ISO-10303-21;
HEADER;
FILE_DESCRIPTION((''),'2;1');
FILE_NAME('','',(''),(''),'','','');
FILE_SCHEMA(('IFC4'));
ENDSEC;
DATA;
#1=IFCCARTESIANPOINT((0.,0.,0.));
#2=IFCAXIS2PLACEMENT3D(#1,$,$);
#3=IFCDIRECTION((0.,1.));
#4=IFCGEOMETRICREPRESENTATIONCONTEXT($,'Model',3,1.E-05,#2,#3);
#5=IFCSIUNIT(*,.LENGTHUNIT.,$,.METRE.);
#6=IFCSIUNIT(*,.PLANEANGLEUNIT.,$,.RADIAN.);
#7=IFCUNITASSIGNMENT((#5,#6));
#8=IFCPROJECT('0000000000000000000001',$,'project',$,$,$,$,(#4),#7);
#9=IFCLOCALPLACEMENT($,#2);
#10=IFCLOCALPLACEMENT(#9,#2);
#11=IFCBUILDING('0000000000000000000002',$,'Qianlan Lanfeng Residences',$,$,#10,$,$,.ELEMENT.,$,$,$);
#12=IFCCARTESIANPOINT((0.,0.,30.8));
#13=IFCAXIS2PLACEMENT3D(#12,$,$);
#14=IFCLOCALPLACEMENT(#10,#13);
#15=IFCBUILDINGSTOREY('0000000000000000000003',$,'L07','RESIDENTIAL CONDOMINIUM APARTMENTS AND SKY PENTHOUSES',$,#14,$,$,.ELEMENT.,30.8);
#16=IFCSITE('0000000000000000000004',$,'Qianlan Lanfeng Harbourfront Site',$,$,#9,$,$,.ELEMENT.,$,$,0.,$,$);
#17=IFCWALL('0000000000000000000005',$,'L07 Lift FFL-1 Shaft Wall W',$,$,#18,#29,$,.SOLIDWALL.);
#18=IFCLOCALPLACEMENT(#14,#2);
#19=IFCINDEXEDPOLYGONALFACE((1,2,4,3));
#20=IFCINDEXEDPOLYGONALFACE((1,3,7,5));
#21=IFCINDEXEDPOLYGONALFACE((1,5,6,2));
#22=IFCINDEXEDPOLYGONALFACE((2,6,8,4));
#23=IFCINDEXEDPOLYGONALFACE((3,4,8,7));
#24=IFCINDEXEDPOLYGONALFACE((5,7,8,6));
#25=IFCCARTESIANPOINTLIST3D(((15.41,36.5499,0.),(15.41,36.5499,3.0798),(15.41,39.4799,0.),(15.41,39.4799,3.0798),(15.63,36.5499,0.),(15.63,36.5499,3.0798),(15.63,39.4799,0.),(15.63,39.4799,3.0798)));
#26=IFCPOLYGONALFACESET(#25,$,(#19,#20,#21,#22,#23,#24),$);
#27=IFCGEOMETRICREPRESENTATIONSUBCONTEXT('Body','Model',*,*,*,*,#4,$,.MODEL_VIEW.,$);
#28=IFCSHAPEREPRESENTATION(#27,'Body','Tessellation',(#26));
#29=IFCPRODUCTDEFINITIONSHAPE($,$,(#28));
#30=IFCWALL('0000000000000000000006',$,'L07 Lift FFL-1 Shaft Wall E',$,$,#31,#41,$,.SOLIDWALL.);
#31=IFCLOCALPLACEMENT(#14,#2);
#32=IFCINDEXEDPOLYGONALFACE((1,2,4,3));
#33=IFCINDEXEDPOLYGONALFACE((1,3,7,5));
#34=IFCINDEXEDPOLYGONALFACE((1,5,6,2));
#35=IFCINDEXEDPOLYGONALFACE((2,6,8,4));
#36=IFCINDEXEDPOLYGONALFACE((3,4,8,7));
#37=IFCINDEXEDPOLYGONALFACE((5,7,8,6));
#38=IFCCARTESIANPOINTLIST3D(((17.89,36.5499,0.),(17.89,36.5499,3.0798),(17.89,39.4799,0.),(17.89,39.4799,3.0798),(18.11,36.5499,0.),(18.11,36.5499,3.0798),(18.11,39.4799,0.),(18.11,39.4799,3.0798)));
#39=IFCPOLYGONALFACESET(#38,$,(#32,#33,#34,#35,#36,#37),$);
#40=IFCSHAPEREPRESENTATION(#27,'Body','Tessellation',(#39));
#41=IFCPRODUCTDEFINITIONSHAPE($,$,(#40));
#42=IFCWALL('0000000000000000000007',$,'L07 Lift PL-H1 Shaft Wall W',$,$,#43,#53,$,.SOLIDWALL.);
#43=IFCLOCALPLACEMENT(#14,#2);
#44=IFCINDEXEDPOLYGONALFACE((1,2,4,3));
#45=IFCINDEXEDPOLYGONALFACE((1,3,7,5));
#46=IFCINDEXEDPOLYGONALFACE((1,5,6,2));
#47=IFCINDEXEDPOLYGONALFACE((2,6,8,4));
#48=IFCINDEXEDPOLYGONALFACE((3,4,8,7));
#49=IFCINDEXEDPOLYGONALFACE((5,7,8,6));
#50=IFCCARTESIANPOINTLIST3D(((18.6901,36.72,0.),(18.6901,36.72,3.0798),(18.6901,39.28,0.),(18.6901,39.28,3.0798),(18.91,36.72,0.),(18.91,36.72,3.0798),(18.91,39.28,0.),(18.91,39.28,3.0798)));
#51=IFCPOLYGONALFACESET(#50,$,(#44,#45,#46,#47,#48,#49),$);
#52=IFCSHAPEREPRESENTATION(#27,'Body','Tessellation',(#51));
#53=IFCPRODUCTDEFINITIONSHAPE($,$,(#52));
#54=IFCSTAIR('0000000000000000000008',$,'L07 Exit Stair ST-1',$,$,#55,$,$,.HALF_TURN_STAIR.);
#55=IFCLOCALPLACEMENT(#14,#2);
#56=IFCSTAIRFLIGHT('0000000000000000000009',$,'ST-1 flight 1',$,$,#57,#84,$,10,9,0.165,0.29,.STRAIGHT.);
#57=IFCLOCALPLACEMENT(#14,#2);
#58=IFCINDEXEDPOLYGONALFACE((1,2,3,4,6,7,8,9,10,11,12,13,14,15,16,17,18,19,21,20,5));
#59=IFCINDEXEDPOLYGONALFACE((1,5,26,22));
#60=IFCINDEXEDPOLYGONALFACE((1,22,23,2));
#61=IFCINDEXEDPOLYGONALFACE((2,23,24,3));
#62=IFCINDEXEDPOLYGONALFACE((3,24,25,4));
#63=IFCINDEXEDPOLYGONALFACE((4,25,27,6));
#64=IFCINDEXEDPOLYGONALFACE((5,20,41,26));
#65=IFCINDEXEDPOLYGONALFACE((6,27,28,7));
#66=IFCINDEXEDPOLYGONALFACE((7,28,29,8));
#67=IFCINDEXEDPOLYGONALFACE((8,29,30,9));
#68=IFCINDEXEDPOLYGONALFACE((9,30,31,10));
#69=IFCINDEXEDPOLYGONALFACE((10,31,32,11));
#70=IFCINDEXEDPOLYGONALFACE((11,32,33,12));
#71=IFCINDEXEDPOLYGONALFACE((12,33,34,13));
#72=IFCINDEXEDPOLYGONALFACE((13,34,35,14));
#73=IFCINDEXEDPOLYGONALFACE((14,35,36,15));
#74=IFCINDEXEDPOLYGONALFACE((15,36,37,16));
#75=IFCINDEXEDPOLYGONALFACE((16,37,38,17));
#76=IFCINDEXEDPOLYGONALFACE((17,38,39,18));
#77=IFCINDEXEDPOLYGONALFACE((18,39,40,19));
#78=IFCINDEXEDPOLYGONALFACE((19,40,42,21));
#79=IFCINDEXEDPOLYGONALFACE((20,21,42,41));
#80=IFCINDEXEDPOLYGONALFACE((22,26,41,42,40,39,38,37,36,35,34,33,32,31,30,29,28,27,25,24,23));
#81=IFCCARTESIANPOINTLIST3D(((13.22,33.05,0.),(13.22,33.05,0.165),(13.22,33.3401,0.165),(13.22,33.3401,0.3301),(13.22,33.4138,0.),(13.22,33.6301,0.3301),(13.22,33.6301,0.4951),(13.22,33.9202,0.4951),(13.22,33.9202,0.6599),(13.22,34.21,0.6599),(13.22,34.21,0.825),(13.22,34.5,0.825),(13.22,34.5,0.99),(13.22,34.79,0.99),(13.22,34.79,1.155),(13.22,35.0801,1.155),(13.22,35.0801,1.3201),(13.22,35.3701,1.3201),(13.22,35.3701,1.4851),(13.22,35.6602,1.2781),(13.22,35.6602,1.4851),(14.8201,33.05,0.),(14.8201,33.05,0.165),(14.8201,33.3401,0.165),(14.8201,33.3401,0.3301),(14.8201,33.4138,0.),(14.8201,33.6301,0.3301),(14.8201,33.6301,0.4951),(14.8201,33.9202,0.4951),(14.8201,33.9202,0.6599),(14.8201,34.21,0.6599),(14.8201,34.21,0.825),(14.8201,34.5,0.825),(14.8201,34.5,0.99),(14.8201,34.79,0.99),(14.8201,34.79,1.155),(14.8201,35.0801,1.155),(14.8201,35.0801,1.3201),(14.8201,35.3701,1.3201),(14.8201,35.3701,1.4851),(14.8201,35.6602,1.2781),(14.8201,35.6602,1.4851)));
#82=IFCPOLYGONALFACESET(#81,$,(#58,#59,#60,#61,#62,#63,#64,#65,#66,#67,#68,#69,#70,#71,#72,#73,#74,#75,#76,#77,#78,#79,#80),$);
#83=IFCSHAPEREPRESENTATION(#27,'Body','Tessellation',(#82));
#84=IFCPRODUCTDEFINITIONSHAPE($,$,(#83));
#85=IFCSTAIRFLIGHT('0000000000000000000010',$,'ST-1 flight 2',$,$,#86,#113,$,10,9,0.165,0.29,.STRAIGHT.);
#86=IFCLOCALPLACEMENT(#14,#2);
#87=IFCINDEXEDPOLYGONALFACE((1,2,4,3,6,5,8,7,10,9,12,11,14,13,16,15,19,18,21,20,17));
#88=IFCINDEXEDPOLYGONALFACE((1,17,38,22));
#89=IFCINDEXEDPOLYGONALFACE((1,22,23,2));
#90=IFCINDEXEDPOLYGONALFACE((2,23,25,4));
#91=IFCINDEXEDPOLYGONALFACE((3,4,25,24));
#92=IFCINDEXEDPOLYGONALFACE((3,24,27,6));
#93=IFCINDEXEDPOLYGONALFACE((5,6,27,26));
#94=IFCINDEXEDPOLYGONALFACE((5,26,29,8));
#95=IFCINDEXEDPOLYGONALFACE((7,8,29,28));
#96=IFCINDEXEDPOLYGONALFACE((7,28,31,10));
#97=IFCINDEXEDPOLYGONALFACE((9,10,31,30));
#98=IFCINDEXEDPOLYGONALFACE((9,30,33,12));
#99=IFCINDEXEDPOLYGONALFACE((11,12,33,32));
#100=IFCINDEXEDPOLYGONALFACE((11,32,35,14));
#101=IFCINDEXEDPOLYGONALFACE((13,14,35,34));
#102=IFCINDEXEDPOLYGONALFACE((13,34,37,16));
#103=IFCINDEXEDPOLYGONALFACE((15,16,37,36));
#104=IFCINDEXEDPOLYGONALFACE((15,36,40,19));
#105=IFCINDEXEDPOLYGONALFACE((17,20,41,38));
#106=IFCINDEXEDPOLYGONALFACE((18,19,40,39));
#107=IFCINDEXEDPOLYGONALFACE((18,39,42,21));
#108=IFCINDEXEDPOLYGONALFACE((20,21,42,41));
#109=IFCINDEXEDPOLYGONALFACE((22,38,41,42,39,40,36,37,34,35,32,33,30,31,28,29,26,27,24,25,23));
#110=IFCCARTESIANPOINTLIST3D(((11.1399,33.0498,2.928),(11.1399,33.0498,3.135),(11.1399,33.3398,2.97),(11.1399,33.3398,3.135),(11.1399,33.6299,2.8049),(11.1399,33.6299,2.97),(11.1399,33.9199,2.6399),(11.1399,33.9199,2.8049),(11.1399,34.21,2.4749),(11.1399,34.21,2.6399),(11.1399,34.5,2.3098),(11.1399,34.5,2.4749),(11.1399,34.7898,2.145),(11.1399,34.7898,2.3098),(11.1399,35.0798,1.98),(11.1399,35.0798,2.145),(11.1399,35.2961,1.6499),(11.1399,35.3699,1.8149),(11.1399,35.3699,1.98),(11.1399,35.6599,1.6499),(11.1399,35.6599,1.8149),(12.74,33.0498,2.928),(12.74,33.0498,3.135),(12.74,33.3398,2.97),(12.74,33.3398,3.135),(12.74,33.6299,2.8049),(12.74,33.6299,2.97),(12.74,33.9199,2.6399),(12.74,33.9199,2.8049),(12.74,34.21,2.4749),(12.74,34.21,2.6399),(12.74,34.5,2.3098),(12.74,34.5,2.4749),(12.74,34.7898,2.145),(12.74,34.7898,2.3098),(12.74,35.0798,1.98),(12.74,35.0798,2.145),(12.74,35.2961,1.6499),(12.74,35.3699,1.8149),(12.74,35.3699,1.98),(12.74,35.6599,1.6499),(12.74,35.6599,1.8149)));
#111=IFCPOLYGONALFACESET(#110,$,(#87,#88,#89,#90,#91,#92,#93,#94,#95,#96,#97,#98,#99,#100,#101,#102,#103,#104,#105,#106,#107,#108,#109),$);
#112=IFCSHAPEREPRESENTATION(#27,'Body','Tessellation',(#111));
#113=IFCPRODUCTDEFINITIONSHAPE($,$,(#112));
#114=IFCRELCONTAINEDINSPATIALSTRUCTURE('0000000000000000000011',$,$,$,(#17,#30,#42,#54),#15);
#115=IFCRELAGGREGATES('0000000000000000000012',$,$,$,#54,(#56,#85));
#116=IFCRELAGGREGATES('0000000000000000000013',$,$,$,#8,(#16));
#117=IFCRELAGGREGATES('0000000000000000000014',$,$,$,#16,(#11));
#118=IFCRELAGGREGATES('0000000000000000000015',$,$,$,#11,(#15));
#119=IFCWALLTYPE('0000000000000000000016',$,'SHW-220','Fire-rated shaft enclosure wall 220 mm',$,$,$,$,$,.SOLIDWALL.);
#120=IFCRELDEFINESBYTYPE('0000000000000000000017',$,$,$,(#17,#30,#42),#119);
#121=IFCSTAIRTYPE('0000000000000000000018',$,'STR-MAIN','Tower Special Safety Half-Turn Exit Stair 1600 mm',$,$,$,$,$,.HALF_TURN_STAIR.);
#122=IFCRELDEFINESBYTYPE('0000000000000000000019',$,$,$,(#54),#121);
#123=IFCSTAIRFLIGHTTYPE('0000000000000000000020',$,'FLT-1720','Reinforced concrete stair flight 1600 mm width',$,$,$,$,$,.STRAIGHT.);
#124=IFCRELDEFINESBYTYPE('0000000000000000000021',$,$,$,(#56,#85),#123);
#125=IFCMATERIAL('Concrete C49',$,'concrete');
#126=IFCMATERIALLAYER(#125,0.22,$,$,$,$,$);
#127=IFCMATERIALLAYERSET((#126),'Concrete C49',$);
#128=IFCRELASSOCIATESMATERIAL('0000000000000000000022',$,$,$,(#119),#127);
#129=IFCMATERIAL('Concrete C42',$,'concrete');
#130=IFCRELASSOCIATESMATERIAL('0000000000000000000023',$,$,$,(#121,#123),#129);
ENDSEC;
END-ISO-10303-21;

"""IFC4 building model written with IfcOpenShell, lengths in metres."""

from ifc_helpers import new_model, si_unit, direction, frame, frame_2d, origin, place, context, subcontext, project, spatial, polyline, rectangle, outline, extrude, material, layer, layer_set, type_object, element, aggregate, save


model = new_model("IFC4")

# Units and contexts
model_context = context("Model", 3, precision=1e-05, world=origin(), true_north=direction((0.0, 1.0)))
body_context = subcontext(model_context, "Body", "Model", "MODEL_VIEW")
ifc_project = project(units=[si_unit("LENGTHUNIT", "METRE"), si_unit("PLANEANGLEUNIT", "RADIAN")], contexts=[model_context])

# Site, building, storey
site_placement = place(None, origin())
site = spatial("IfcSite", under=ifc_project, at=site_placement, Name="Qianlan Lanfeng Harbourfront Site", CompositionType="ELEMENT", RefElevation=0.0)
building_placement = place(site_placement, origin())
building = spatial("IfcBuilding", under=site, at=building_placement, Name="Qianlan Lanfeng Residences", CompositionType="ELEMENT")
storey_placement = place(building_placement, frame((0.0, 0.0, 30.8)))
storey = spatial("IfcBuildingStorey", under=building, at=storey_placement, Name="L07", Description="RESIDENTIAL CONDOMINIUM APARTMENTS AND SKY PENTHOUSES", CompositionType="ELEMENT", Elevation=30.8)

# Walls
ifc_material_1 = material(Name="Concrete C49", Category="concrete")
ifc_layer_1 = layer(ifc_material_1, 0.22)
ifc_layer_set_1 = layer_set([ifc_layer_1], Name="Concrete C49")
wall_type_1 = type_object("IfcWallType", Name="SHW-220", Description="Fire-rated shaft enclosure wall 220 mm", PredefinedType="SOLIDWALL", material=ifc_layer_set_1)
for number, where, z_axis, x_axis, name in (
    (1, (15.52, 36.55, 0.0), (0.0, 0.0, 1.0), (0.0, 1.0, 0.0), "L07 Lift FFL-1 Shaft Wall W"),
    (2, (18.0, 36.55, 0.0), (0.0, 0.0, 1.0), (0.0, 1.0, 0.0), "L07 Lift FFL-1 Shaft Wall E"),
):
    element("IfcWall", number, at=place(storey_placement, frame(where, z_axis=z_axis, x_axis=x_axis)), inside=storey, type_object=wall_type_1, Name=name, PredefinedType="SOLIDWALL", context=body_context, shape_type="SweptSolid", body=[
        extrude(rectangle(XDim=2.9299, YDim=0.22, at=frame_2d((1.4648, 0.0))), origin(), (0.0, 0.0, 1.0), 3.0798),
    ])
wall_1_placement = place(storey_placement, frame((18.8, 36.72, 0.0), z_axis=(0.0, 0.0, 1.0), x_axis=(0.0, 1.0, 0.0)))
element("IfcWall", 3, at=wall_1_placement, inside=storey, type_object=wall_type_1, Name="L07 Lift PL-H1 Shaft Wall W", PredefinedType="SOLIDWALL", context=body_context, shape_type="SweptSolid", body=[
    extrude(rectangle(XDim=2.5601, YDim=0.22, at=frame_2d((1.28, 0.0))), origin(), (0.0, 0.0, 1.0), 3.0798),
])

# Stair, stair flights
ifc_material_2 = material(Name="Concrete C42", Category="concrete")
stair_type = type_object("IfcStairType", Name="STR-MAIN", Description="Tower Special Safety Half-Turn Exit Stair 1600 mm", PredefinedType="HALF_TURN_STAIR", material=ifc_material_2)
stair_placement = place(storey_placement, origin())
stair = element("IfcStair", 4, at=stair_placement, inside=storey, type_object=stair_type, Name="L07 Exit Stair ST-1", PredefinedType="HALF_TURN_STAIR")
stair_flight_type = type_object("IfcStairFlightType", Name="FLT-1720", Description="Reinforced concrete stair flight 1600 mm width", PredefinedType="STRAIGHT", material=ifc_material_2)
stair_flight_1_placement = place(storey_placement, frame((14.02, 33.05, 0.0), z_axis=(0.0, 0.0, 1.0), x_axis=(0.0, 1.0, 0.0)))
stair_flight_1 = element("IfcStairFlight", 5, at=stair_flight_1_placement, type_object=stair_flight_type, Name="ST-1 flight 1", NumberOfRisers=10, NumberOfTreads=9, PredefinedType="STRAIGHT", RiserHeight=0.165, TreadLength=0.29, context=body_context, shape_type="SweptSolid", body=[
    extrude(outline(polyline([(0.0, 0.0), (0.0, 0.165), (0.29, 0.165), (0.29, 0.3301), (0.5801, 0.3301), (0.5801, 0.4951), (0.8701, 0.4951), (0.8701, 0.6599), (1.1599, 0.6599), (1.1599, 0.825), (1.45, 0.825), (1.45, 0.99), (1.74, 0.99), (1.74, 1.155), (2.03, 1.155), (2.03, 1.3201), (2.3201, 1.3201), (2.3201, 1.4851), (2.6101, 1.4851), (2.6101, 1.6499), (2.6101, 1.2781), (0.3638, 0.0), (0.0, 0.0)])), frame((0.0, 0.8, 0.0), z_axis=(0.0, -1.0, 0.0), x_axis=(1.0, 0.0, 0.0)), (0.0, 0.0, 1.0), 1.6001),
])
stair_flight_2_placement = place(storey_placement, frame((11.9399, 35.6599, 1.6499), z_axis=(0.0, 0.0, 1.0), x_axis=(0.0, -1.0, 0.0)))
stair_flight_2 = element("IfcStairFlight", 6, at=stair_flight_2_placement, type_object=stair_flight_type, Name="ST-1 flight 2", NumberOfRisers=10, NumberOfTreads=9, PredefinedType="STRAIGHT", RiserHeight=0.165, TreadLength=0.29, context=body_context, shape_type="SweptSolid", body=[
    extrude(outline(polyline([(0.0, 0.0), (0.0, 0.165), (0.29, 0.165), (0.29, 0.3301), (0.5801, 0.3301), (0.5801, 0.4951), (0.8701, 0.4951), (0.8701, 0.6599), (1.1599, 0.6599), (1.1599, 0.825), (1.45, 0.825), (1.45, 0.99), (1.74, 0.99), (1.74, 1.155), (2.03, 1.155), (2.03, 1.3201), (2.3201, 1.3201), (2.3201, 1.4851), (2.6101, 1.4851), (2.6101, 1.6499), (2.6101, 1.2781), (0.3638, 0.0), (0.0, 0.0)])), frame((0.0, 0.8, 0.0), z_axis=(0.0, -1.0, 0.0), x_axis=(1.0, 0.0, 0.0)), (0.0, 0.0, 1.0), 1.6001),
])
aggregate(stair, [stair_flight_1, stair_flight_2])

save(model, "model.ifc")
